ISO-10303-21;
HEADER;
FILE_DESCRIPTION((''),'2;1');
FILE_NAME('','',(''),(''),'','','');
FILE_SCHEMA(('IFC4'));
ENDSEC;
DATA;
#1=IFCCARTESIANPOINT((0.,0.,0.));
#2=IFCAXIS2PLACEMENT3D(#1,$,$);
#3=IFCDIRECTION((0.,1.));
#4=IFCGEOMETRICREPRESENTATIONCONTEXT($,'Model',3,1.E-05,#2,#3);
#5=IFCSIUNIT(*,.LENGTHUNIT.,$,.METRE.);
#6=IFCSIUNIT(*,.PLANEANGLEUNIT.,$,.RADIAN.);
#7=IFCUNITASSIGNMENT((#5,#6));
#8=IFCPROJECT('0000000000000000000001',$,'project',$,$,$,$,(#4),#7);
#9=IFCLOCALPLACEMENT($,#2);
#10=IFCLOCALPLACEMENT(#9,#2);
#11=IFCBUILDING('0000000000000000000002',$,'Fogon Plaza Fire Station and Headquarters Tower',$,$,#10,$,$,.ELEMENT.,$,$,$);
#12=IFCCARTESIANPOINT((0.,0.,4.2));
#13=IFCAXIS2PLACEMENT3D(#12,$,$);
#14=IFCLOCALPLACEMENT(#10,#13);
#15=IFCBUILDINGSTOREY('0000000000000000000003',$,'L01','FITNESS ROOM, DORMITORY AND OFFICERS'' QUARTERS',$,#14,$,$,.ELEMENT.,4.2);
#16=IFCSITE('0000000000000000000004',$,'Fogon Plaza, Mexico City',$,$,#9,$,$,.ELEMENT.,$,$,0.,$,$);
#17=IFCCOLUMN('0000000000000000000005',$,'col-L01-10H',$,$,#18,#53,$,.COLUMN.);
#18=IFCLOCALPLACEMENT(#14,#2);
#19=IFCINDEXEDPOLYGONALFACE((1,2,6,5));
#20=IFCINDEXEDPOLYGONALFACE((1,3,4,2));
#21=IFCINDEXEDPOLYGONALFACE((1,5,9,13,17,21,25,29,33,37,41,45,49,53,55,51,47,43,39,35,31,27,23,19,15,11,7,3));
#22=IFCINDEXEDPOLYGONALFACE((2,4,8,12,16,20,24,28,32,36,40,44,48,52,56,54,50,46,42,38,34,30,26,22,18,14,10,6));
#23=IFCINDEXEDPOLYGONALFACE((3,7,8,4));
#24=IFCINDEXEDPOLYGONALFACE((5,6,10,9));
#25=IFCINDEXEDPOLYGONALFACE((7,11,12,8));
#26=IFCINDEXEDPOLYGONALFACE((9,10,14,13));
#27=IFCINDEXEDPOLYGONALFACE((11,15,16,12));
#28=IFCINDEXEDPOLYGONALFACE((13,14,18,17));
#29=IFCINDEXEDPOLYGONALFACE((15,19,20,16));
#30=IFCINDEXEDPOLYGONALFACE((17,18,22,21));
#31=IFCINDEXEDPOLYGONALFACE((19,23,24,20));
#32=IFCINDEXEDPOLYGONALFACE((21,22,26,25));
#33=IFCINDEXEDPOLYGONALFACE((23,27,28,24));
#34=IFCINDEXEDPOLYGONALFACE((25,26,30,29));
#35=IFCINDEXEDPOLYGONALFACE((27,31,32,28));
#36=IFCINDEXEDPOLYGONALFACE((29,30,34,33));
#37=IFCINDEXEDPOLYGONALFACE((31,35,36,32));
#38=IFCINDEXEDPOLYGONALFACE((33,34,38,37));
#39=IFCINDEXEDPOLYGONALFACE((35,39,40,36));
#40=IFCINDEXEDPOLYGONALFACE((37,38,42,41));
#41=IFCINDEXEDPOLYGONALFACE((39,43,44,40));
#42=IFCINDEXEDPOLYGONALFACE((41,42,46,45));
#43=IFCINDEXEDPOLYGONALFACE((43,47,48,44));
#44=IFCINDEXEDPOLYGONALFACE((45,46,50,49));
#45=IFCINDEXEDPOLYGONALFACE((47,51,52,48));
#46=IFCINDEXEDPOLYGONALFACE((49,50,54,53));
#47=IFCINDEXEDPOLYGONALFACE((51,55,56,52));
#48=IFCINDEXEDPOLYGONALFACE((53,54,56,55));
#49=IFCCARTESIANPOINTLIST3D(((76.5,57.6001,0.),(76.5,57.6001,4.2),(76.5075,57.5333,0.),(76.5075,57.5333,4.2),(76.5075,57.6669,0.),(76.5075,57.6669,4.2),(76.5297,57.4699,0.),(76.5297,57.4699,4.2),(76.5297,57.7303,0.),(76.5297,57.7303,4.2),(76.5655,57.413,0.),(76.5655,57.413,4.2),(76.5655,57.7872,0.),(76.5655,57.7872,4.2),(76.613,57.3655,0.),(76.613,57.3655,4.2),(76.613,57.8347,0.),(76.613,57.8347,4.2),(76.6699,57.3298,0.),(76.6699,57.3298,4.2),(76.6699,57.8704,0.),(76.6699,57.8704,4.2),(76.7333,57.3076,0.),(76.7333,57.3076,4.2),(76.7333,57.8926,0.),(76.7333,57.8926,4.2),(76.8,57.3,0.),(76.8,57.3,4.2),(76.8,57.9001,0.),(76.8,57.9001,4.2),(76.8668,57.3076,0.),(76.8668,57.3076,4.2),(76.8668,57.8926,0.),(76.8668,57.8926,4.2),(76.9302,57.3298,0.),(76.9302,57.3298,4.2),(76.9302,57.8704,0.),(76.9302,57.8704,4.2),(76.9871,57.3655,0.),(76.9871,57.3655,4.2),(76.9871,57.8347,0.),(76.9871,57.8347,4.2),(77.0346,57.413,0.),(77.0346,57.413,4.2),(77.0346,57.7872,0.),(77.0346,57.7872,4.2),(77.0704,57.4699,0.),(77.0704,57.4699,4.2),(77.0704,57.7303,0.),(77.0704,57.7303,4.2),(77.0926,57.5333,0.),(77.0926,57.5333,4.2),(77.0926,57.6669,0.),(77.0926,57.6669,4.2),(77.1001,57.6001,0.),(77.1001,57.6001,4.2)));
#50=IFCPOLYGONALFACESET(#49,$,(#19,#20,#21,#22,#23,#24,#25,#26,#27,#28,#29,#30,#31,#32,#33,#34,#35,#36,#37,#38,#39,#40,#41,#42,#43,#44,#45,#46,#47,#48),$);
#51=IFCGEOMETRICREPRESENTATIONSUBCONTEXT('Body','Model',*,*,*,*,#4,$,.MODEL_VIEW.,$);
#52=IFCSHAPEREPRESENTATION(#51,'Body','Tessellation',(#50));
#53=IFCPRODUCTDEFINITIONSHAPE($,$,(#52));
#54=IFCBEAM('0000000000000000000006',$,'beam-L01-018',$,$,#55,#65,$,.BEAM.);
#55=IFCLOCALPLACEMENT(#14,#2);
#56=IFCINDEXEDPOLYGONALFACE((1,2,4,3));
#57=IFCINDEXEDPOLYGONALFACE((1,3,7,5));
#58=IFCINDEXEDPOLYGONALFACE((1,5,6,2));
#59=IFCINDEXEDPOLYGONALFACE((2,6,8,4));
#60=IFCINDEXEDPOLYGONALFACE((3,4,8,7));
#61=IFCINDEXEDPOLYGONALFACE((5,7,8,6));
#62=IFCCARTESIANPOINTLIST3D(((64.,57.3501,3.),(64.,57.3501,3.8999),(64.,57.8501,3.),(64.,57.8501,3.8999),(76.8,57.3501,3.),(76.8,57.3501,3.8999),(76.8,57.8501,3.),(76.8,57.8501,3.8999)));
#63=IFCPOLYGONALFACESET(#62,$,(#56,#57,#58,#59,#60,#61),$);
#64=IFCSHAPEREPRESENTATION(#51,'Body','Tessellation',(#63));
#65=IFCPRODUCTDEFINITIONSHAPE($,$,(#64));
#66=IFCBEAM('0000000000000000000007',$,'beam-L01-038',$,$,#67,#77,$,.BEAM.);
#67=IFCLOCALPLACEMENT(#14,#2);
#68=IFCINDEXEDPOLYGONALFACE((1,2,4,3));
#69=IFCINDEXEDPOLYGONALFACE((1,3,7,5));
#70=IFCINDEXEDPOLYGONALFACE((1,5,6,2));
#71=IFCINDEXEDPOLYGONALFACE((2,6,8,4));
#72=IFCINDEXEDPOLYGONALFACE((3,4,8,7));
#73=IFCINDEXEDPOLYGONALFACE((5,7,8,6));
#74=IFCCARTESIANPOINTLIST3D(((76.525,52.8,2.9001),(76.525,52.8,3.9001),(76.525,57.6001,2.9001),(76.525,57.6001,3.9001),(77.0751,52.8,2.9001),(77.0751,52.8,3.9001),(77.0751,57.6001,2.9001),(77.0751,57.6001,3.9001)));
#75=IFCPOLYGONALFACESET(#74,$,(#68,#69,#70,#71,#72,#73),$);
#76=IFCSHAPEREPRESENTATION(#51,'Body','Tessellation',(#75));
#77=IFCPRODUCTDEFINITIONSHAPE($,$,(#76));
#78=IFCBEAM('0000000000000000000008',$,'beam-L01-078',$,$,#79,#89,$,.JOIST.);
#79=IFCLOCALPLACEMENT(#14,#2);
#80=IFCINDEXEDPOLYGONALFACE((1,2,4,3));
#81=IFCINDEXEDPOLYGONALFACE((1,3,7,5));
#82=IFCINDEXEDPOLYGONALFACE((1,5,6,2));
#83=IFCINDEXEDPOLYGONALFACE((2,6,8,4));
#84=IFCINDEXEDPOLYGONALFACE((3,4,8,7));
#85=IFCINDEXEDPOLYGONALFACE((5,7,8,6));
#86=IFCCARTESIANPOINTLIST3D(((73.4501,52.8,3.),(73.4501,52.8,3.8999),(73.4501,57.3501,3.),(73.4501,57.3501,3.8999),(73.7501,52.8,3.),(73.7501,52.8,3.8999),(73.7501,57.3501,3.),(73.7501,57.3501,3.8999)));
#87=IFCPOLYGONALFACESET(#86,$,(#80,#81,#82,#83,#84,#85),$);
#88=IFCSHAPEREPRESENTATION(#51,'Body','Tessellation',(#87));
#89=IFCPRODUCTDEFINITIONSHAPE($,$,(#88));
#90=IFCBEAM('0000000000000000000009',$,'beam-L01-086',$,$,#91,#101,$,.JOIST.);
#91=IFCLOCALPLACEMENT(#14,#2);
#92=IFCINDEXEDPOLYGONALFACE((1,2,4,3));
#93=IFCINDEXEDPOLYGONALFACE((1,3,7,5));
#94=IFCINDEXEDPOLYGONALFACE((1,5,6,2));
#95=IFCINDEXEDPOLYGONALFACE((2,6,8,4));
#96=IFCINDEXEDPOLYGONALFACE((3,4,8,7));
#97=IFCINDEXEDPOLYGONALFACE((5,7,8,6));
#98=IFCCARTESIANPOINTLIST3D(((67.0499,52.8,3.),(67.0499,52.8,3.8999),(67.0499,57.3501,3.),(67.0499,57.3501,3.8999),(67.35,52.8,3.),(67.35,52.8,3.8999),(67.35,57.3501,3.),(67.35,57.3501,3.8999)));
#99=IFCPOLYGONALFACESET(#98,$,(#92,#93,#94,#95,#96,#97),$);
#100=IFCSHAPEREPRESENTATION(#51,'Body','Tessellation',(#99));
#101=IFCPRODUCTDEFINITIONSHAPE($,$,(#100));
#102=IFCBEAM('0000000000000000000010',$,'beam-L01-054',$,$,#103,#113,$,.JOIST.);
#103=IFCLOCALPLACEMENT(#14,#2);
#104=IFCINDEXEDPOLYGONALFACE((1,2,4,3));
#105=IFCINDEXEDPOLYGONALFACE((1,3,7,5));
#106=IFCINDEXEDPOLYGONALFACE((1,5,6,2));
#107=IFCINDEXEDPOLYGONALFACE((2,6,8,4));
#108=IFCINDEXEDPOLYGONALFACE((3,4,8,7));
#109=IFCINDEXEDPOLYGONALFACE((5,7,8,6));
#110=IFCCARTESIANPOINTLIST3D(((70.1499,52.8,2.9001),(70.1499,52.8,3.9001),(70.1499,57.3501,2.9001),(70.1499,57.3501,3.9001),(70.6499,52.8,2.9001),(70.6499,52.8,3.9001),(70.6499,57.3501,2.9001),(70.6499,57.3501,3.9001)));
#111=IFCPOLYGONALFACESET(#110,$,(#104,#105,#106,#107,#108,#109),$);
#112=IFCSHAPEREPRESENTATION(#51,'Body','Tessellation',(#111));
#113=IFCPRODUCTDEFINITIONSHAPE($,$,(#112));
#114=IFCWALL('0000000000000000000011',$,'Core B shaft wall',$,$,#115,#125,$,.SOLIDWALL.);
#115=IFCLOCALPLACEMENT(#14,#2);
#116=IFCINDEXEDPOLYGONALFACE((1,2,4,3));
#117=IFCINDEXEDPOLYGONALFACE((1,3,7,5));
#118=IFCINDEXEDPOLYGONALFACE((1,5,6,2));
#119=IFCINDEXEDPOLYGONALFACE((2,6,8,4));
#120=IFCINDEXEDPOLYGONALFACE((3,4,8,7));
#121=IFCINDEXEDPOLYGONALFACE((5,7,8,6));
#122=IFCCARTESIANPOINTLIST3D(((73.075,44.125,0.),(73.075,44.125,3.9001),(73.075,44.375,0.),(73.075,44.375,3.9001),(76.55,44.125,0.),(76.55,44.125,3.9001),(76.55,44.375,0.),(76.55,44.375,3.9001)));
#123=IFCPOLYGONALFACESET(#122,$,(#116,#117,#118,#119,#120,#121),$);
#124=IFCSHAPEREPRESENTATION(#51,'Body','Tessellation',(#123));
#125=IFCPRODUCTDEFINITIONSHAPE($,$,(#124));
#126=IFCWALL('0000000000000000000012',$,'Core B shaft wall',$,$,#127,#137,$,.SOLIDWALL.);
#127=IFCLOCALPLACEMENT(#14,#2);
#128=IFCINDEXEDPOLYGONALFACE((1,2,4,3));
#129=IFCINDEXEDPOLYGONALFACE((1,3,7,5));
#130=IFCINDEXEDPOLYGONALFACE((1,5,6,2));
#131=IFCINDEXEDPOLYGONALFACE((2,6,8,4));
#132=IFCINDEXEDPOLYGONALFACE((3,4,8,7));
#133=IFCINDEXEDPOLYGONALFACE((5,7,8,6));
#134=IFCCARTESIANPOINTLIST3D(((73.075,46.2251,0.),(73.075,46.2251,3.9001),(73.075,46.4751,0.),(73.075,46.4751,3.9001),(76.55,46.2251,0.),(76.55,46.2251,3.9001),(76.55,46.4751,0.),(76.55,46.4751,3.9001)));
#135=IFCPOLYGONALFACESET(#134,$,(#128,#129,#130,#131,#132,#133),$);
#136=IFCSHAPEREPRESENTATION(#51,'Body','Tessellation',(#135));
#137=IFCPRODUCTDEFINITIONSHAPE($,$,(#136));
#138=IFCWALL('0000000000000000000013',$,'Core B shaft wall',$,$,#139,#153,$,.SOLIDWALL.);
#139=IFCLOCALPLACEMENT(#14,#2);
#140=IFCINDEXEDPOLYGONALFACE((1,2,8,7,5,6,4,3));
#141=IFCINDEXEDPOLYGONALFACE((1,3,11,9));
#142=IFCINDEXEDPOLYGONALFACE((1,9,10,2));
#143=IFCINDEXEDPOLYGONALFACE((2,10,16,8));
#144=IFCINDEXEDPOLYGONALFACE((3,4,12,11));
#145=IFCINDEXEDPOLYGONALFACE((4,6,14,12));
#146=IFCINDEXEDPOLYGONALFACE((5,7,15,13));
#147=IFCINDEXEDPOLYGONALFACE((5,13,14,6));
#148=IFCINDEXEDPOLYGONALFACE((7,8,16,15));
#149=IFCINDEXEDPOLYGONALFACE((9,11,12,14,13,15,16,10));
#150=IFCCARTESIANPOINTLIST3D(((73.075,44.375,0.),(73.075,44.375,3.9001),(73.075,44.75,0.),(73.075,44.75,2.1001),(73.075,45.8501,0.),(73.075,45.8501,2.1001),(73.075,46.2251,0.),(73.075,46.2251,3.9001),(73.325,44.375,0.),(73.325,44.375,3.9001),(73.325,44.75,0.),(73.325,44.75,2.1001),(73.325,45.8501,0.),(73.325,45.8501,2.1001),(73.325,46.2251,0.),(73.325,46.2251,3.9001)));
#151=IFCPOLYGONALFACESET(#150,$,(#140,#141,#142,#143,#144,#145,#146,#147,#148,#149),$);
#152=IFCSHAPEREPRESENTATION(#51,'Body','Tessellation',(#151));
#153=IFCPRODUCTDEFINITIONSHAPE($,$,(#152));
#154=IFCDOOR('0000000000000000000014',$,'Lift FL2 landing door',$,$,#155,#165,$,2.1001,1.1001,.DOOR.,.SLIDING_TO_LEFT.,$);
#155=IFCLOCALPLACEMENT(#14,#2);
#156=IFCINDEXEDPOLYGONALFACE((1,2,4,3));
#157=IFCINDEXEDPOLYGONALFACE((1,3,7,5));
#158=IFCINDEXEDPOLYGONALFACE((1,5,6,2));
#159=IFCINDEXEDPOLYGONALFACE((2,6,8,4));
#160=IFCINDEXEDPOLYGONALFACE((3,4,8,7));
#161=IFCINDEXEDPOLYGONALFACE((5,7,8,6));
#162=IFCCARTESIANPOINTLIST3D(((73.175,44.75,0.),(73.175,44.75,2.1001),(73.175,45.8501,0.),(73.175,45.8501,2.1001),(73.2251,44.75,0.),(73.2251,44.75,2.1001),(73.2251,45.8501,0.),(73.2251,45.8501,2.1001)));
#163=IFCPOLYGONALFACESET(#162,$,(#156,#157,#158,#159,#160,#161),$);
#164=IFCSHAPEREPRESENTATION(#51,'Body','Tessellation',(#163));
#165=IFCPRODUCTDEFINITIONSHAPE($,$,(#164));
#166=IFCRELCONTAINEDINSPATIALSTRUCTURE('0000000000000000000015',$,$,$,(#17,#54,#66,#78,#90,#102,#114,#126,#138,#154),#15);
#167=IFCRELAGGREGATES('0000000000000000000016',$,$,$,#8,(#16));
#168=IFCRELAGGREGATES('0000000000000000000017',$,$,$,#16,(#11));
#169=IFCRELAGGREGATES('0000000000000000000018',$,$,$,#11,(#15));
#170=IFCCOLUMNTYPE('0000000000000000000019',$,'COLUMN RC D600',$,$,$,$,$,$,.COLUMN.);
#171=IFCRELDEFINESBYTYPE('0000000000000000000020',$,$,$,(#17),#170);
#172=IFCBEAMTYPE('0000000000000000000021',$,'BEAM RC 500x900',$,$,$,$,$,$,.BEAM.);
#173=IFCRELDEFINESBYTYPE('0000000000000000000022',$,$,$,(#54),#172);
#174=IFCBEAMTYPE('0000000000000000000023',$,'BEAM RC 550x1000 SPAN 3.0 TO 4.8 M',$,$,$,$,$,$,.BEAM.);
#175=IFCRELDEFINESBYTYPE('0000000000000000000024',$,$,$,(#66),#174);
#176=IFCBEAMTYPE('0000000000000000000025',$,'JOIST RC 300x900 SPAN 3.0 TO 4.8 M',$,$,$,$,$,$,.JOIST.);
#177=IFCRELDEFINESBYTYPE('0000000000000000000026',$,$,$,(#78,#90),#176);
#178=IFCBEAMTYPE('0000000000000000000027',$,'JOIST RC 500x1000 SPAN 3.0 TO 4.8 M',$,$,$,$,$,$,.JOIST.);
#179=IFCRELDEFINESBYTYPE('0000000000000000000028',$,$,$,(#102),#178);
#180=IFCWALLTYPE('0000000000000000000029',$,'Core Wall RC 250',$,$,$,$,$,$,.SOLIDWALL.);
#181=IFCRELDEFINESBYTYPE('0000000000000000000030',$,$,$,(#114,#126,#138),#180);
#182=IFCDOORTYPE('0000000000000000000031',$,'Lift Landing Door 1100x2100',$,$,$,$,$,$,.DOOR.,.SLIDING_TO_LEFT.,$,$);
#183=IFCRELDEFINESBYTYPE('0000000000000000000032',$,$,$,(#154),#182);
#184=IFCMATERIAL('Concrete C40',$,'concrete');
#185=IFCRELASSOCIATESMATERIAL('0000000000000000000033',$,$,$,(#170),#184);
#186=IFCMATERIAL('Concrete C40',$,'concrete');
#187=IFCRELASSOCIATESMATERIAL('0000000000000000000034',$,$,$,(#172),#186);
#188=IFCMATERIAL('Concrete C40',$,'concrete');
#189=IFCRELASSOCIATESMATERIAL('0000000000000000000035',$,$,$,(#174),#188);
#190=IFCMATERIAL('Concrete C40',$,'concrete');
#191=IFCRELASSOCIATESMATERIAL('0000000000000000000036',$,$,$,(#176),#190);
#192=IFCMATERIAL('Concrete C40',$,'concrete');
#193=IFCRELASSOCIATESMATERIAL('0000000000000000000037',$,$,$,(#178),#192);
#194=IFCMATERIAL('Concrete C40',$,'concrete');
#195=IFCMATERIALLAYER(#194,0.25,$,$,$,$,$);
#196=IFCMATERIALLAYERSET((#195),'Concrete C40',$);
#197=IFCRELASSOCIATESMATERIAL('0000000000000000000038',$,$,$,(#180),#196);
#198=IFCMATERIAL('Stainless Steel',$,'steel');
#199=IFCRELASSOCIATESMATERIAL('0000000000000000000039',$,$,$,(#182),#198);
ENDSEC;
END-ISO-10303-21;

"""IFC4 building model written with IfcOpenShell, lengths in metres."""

from ifc_helpers import new_model, si_unit, direction, frame, frame_2d, origin, origin_2d, place, context, subcontext, project, spatial, rectangle, circle, extrude, material, layer, layer_set, material_profile, profile_set, type_object, element, fill, save


model = new_model("IFC4")

# Units and contexts
model_context = context("Model", 3, precision=1e-05, world=origin(), true_north=direction((0.0, 1.0)))
body_context = subcontext(model_context, "Body", "Model", "MODEL_VIEW")
ifc_project = project(units=[si_unit("LENGTHUNIT", "METRE"), si_unit("PLANEANGLEUNIT", "RADIAN")], contexts=[model_context])

# Site, building, storey
site_placement = place(None, origin())
site = spatial("IfcSite", under=ifc_project, at=site_placement, Name="Fogon Plaza, Mexico City", CompositionType="ELEMENT", RefElevation=0.0)
building_placement = place(site_placement, origin())
building = spatial("IfcBuilding", under=site, at=building_placement, Name="Fogon Plaza Fire Station and Headquarters Tower", CompositionType="ELEMENT")
storey_placement = place(building_placement, frame((0.0, 0.0, 4.2)))
storey = spatial("IfcBuildingStorey", under=building, at=storey_placement, Name="L01", Description="FITNESS ROOM, DORMITORY AND OFFICERS' QUARTERS", CompositionType="ELEMENT", Elevation=4.2)

# Column
ifc_material_1 = material(Name="Concrete C40", Category="concrete")
ifc_material_profile_1 = material_profile(ifc_material_1, circle(Radius=0.3, at=origin_2d()), Name="RC D600")
ifc_profile_set_1 = profile_set([ifc_material_profile_1], Name="Concrete C40")
column_type = type_object("IfcColumnType", Name="COLUMN RC D600", PredefinedType="COLUMN", material=ifc_profile_set_1)
column_placement = place(storey_placement, frame((76.8, 57.6001, 0.0), z_axis=(0.0, 0.0, 1.0), x_axis=(1.0, 0.0, 0.0)))
element("IfcColumn", 1, at=column_placement, inside=storey, type_object=column_type, Name="col-L01-10H", PredefinedType="COLUMN", context=body_context, shape_type="SweptSolid", body=[
    extrude(circle(Radius=0.3, at=origin_2d()), origin(), (0.0, 0.0, 1.0), 4.2),
])

# Beams
ifc_material_2 = material(Name="Concrete C40", Category="concrete")
ifc_material_profile_2 = material_profile(ifc_material_2, rectangle(XDim=0.5, YDim=0.8999, at=origin_2d()), Name="RC 500x900")
ifc_profile_set_2 = profile_set([ifc_material_profile_2], Name="Concrete C40")
beam_type_1 = type_object("IfcBeamType", Name="BEAM RC 500x900", PredefinedType="BEAM", material=ifc_profile_set_2)
beam_1_placement = place(storey_placement, frame((76.8, 57.6001, 3.45), z_axis=(-1.0, 0.0, 0.0), x_axis=(0.0, -1.0, 0.0)))
element("IfcBeam", 2, at=beam_1_placement, inside=storey, type_object=beam_type_1, Name="beam-L01-018", PredefinedType="BEAM", context=body_context, shape_type="SweptSolid", body=[
    extrude(rectangle(XDim=0.5, YDim=0.8999, at=origin_2d()), origin(), (0.0, 0.0, 1.0), 12.8),
])
ifc_material_3 = material(Name="Concrete C40", Category="concrete")
ifc_material_profile_3 = material_profile(ifc_material_3, rectangle(XDim=0.55, YDim=1.0, at=origin_2d()), Name="RC 550x1000")
ifc_profile_set_3 = profile_set([ifc_material_profile_3], Name="Concrete C40")
beam_type_2 = type_object("IfcBeamType", Name="BEAM RC 550x1000 SPAN 3.0 TO 4.8 M", PredefinedType="BEAM", material=ifc_profile_set_3)
beam_2_placement = place(storey_placement, frame((76.8, 52.8, 3.4001), z_axis=(0.0, 1.0, 0.0), x_axis=(-1.0, 0.0, 0.0)))
element("IfcBeam", 3, at=beam_2_placement, inside=storey, type_object=beam_type_2, Name="beam-L01-038", PredefinedType="BEAM", context=body_context, shape_type="SweptSolid", body=[
    extrude(rectangle(XDim=0.55, YDim=1.0, at=origin_2d()), origin(), (0.0, 0.0, 1.0), 4.8),
])
ifc_material_4 = material(Name="Concrete C40", Category="concrete")
ifc_material_profile_4 = material_profile(ifc_material_4, rectangle(XDim=0.3, YDim=0.8999, at=origin_2d()), Name="RC 300x900")
ifc_profile_set_4 = profile_set([ifc_material_profile_4], Name="Concrete C40")
beam_type_3 = type_object("IfcBeamType", Name="JOIST RC 300x900 SPAN 3.0 TO 4.8 M", PredefinedType="JOIST", material=ifc_profile_set_4)
for number, where, z_axis, x_axis, name in (
    (4, (73.6001, 52.8, 3.45), (0.0, 1.0, 0.0), (-1.0, 0.0, 0.0), "beam-L01-078"),
    (5, (67.2, 52.8, 3.45), (0.0, 1.0, 0.0), (-1.0, 0.0, 0.0), "beam-L01-086"),
):
    element("IfcBeam", number, at=place(storey_placement, frame(where, z_axis=z_axis, x_axis=x_axis)), inside=storey, type_object=beam_type_3, Name=name, PredefinedType="JOIST", context=body_context, shape_type="SweptSolid", body=[
        extrude(rectangle(XDim=0.3, YDim=0.8999, at=origin_2d()), origin(), (0.0, 0.0, 1.0), 4.55),
    ])
ifc_material_5 = material(Name="Concrete C40", Category="concrete")
ifc_material_profile_5 = material_profile(ifc_material_5, rectangle(XDim=0.5, YDim=1.0, at=origin_2d()), Name="RC 500x1000")
ifc_profile_set_5 = profile_set([ifc_material_profile_5], Name="Concrete C40")
beam_type_4 = type_object("IfcBeamType", Name="JOIST RC 500x1000 SPAN 3.0 TO 4.8 M", PredefinedType="JOIST", material=ifc_profile_set_5)
beam_3_placement = place(storey_placement, frame((70.3999, 52.8, 3.4001), z_axis=(0.0, 1.0, 0.0), x_axis=(-1.0, 0.0, 0.0)))
element("IfcBeam", 6, at=beam_3_placement, inside=storey, type_object=beam_type_4, Name="beam-L01-054", PredefinedType="JOIST", context=body_context, shape_type="SweptSolid", body=[
    extrude(rectangle(XDim=0.5, YDim=1.0, at=origin_2d()), origin(), (0.0, 0.0, 1.0), 4.55),
])

# Walls
ifc_material_6 = material(Name="Concrete C40", Category="concrete")
ifc_layer_1 = layer(ifc_material_6, 0.25)
ifc_layer_set_1 = layer_set([ifc_layer_1], Name="Concrete C40")
wall_type_1 = type_object("IfcWallType", Name="Core Wall RC 250", PredefinedType="SOLIDWALL", material=ifc_layer_set_1)
for number, where, z_axis, x_axis, name in (
    (7, (76.55, 44.25, 0.0), (0.0, 0.0, 1.0), (-1.0, 0.0, 0.0), "Core B shaft wall"),
    (8, (76.55, 46.3501, 0.0), (0.0, 0.0, 1.0), (-1.0, 0.0, 0.0), "Core B shaft wall"),
):
    element("IfcWall", number, at=place(storey_placement, frame(where, z_axis=z_axis, x_axis=x_axis)), inside=storey, type_object=wall_type_1, Name=name, PredefinedType="SOLIDWALL", context=body_context, shape_type="SweptSolid", body=[
        extrude(rectangle(XDim=3.4751, YDim=0.25, at=frame_2d((1.7375, 0.0))), origin(), (0.0, 0.0, 1.0), 3.9001),
    ])

# Wall, opening, door
wall_1_placement = place(storey_placement, frame((73.2, 44.375, 0.0), z_axis=(0.0, 0.0, 1.0), x_axis=(0.0, 1.0, 0.0)))
wall_1 = element("IfcWall", 9, at=wall_1_placement, inside=storey, type_object=wall_type_1, Name="Core B shaft wall", PredefinedType="SOLIDWALL", context=body_context, shape_type="SweptSolid", body=[
    extrude(rectangle(XDim=1.8501, YDim=0.25, at=frame_2d((0.925, 0.0))), origin(), (0.0, 0.0, 1.0), 3.9001),
])
opening_1_placement = place(wall_1_placement, frame((0.375, 0.0, 0.0)))
opening_1 = element("IfcOpeningElement", 10, at=opening_1_placement, cuts=wall_1, PredefinedType="OPENING", context=body_context, shape_type="SweptSolid", body=[
    extrude(rectangle(XDim=1.1001, YDim=2.1001, at=frame_2d((0.55, 1.05))), frame((0.0, 0.135, 0.0), z_axis=(0.0, -1.0, 0.0), x_axis=(1.0, 0.0, 0.0)), (0.0, 0.0, 1.0), 0.27),
])
ifc_material_7 = material(Name="Stainless Steel", Category="steel")
door_type_1 = type_object("IfcDoorType", Name="Lift Landing Door 1100x2100", OperationType="SLIDING_TO_LEFT", PredefinedType="DOOR", material=ifc_material_7)
door_1_placement = place(opening_1_placement, origin())
door_1 = element("IfcDoor", 11, at=door_1_placement, inside=storey, type_object=door_type_1, Name="Lift FL2 landing door", OperationType="SLIDING_TO_LEFT", OverallHeight=2.1001, OverallWidth=1.1001, PredefinedType="DOOR", context=body_context, shape_type="SweptSolid", body=[
    extrude(rectangle(XDim=1.1001, YDim=2.1001, at=frame_2d((0.55, 1.05))), frame((0.0, 0.0249, 0.0), z_axis=(0.0, -1.0, 0.0), x_axis=(1.0, 0.0, 0.0)), (0.0, 0.0, 1.0), 0.05),
])
fill(opening_1, door_1)

save(model, "model.ifc")
